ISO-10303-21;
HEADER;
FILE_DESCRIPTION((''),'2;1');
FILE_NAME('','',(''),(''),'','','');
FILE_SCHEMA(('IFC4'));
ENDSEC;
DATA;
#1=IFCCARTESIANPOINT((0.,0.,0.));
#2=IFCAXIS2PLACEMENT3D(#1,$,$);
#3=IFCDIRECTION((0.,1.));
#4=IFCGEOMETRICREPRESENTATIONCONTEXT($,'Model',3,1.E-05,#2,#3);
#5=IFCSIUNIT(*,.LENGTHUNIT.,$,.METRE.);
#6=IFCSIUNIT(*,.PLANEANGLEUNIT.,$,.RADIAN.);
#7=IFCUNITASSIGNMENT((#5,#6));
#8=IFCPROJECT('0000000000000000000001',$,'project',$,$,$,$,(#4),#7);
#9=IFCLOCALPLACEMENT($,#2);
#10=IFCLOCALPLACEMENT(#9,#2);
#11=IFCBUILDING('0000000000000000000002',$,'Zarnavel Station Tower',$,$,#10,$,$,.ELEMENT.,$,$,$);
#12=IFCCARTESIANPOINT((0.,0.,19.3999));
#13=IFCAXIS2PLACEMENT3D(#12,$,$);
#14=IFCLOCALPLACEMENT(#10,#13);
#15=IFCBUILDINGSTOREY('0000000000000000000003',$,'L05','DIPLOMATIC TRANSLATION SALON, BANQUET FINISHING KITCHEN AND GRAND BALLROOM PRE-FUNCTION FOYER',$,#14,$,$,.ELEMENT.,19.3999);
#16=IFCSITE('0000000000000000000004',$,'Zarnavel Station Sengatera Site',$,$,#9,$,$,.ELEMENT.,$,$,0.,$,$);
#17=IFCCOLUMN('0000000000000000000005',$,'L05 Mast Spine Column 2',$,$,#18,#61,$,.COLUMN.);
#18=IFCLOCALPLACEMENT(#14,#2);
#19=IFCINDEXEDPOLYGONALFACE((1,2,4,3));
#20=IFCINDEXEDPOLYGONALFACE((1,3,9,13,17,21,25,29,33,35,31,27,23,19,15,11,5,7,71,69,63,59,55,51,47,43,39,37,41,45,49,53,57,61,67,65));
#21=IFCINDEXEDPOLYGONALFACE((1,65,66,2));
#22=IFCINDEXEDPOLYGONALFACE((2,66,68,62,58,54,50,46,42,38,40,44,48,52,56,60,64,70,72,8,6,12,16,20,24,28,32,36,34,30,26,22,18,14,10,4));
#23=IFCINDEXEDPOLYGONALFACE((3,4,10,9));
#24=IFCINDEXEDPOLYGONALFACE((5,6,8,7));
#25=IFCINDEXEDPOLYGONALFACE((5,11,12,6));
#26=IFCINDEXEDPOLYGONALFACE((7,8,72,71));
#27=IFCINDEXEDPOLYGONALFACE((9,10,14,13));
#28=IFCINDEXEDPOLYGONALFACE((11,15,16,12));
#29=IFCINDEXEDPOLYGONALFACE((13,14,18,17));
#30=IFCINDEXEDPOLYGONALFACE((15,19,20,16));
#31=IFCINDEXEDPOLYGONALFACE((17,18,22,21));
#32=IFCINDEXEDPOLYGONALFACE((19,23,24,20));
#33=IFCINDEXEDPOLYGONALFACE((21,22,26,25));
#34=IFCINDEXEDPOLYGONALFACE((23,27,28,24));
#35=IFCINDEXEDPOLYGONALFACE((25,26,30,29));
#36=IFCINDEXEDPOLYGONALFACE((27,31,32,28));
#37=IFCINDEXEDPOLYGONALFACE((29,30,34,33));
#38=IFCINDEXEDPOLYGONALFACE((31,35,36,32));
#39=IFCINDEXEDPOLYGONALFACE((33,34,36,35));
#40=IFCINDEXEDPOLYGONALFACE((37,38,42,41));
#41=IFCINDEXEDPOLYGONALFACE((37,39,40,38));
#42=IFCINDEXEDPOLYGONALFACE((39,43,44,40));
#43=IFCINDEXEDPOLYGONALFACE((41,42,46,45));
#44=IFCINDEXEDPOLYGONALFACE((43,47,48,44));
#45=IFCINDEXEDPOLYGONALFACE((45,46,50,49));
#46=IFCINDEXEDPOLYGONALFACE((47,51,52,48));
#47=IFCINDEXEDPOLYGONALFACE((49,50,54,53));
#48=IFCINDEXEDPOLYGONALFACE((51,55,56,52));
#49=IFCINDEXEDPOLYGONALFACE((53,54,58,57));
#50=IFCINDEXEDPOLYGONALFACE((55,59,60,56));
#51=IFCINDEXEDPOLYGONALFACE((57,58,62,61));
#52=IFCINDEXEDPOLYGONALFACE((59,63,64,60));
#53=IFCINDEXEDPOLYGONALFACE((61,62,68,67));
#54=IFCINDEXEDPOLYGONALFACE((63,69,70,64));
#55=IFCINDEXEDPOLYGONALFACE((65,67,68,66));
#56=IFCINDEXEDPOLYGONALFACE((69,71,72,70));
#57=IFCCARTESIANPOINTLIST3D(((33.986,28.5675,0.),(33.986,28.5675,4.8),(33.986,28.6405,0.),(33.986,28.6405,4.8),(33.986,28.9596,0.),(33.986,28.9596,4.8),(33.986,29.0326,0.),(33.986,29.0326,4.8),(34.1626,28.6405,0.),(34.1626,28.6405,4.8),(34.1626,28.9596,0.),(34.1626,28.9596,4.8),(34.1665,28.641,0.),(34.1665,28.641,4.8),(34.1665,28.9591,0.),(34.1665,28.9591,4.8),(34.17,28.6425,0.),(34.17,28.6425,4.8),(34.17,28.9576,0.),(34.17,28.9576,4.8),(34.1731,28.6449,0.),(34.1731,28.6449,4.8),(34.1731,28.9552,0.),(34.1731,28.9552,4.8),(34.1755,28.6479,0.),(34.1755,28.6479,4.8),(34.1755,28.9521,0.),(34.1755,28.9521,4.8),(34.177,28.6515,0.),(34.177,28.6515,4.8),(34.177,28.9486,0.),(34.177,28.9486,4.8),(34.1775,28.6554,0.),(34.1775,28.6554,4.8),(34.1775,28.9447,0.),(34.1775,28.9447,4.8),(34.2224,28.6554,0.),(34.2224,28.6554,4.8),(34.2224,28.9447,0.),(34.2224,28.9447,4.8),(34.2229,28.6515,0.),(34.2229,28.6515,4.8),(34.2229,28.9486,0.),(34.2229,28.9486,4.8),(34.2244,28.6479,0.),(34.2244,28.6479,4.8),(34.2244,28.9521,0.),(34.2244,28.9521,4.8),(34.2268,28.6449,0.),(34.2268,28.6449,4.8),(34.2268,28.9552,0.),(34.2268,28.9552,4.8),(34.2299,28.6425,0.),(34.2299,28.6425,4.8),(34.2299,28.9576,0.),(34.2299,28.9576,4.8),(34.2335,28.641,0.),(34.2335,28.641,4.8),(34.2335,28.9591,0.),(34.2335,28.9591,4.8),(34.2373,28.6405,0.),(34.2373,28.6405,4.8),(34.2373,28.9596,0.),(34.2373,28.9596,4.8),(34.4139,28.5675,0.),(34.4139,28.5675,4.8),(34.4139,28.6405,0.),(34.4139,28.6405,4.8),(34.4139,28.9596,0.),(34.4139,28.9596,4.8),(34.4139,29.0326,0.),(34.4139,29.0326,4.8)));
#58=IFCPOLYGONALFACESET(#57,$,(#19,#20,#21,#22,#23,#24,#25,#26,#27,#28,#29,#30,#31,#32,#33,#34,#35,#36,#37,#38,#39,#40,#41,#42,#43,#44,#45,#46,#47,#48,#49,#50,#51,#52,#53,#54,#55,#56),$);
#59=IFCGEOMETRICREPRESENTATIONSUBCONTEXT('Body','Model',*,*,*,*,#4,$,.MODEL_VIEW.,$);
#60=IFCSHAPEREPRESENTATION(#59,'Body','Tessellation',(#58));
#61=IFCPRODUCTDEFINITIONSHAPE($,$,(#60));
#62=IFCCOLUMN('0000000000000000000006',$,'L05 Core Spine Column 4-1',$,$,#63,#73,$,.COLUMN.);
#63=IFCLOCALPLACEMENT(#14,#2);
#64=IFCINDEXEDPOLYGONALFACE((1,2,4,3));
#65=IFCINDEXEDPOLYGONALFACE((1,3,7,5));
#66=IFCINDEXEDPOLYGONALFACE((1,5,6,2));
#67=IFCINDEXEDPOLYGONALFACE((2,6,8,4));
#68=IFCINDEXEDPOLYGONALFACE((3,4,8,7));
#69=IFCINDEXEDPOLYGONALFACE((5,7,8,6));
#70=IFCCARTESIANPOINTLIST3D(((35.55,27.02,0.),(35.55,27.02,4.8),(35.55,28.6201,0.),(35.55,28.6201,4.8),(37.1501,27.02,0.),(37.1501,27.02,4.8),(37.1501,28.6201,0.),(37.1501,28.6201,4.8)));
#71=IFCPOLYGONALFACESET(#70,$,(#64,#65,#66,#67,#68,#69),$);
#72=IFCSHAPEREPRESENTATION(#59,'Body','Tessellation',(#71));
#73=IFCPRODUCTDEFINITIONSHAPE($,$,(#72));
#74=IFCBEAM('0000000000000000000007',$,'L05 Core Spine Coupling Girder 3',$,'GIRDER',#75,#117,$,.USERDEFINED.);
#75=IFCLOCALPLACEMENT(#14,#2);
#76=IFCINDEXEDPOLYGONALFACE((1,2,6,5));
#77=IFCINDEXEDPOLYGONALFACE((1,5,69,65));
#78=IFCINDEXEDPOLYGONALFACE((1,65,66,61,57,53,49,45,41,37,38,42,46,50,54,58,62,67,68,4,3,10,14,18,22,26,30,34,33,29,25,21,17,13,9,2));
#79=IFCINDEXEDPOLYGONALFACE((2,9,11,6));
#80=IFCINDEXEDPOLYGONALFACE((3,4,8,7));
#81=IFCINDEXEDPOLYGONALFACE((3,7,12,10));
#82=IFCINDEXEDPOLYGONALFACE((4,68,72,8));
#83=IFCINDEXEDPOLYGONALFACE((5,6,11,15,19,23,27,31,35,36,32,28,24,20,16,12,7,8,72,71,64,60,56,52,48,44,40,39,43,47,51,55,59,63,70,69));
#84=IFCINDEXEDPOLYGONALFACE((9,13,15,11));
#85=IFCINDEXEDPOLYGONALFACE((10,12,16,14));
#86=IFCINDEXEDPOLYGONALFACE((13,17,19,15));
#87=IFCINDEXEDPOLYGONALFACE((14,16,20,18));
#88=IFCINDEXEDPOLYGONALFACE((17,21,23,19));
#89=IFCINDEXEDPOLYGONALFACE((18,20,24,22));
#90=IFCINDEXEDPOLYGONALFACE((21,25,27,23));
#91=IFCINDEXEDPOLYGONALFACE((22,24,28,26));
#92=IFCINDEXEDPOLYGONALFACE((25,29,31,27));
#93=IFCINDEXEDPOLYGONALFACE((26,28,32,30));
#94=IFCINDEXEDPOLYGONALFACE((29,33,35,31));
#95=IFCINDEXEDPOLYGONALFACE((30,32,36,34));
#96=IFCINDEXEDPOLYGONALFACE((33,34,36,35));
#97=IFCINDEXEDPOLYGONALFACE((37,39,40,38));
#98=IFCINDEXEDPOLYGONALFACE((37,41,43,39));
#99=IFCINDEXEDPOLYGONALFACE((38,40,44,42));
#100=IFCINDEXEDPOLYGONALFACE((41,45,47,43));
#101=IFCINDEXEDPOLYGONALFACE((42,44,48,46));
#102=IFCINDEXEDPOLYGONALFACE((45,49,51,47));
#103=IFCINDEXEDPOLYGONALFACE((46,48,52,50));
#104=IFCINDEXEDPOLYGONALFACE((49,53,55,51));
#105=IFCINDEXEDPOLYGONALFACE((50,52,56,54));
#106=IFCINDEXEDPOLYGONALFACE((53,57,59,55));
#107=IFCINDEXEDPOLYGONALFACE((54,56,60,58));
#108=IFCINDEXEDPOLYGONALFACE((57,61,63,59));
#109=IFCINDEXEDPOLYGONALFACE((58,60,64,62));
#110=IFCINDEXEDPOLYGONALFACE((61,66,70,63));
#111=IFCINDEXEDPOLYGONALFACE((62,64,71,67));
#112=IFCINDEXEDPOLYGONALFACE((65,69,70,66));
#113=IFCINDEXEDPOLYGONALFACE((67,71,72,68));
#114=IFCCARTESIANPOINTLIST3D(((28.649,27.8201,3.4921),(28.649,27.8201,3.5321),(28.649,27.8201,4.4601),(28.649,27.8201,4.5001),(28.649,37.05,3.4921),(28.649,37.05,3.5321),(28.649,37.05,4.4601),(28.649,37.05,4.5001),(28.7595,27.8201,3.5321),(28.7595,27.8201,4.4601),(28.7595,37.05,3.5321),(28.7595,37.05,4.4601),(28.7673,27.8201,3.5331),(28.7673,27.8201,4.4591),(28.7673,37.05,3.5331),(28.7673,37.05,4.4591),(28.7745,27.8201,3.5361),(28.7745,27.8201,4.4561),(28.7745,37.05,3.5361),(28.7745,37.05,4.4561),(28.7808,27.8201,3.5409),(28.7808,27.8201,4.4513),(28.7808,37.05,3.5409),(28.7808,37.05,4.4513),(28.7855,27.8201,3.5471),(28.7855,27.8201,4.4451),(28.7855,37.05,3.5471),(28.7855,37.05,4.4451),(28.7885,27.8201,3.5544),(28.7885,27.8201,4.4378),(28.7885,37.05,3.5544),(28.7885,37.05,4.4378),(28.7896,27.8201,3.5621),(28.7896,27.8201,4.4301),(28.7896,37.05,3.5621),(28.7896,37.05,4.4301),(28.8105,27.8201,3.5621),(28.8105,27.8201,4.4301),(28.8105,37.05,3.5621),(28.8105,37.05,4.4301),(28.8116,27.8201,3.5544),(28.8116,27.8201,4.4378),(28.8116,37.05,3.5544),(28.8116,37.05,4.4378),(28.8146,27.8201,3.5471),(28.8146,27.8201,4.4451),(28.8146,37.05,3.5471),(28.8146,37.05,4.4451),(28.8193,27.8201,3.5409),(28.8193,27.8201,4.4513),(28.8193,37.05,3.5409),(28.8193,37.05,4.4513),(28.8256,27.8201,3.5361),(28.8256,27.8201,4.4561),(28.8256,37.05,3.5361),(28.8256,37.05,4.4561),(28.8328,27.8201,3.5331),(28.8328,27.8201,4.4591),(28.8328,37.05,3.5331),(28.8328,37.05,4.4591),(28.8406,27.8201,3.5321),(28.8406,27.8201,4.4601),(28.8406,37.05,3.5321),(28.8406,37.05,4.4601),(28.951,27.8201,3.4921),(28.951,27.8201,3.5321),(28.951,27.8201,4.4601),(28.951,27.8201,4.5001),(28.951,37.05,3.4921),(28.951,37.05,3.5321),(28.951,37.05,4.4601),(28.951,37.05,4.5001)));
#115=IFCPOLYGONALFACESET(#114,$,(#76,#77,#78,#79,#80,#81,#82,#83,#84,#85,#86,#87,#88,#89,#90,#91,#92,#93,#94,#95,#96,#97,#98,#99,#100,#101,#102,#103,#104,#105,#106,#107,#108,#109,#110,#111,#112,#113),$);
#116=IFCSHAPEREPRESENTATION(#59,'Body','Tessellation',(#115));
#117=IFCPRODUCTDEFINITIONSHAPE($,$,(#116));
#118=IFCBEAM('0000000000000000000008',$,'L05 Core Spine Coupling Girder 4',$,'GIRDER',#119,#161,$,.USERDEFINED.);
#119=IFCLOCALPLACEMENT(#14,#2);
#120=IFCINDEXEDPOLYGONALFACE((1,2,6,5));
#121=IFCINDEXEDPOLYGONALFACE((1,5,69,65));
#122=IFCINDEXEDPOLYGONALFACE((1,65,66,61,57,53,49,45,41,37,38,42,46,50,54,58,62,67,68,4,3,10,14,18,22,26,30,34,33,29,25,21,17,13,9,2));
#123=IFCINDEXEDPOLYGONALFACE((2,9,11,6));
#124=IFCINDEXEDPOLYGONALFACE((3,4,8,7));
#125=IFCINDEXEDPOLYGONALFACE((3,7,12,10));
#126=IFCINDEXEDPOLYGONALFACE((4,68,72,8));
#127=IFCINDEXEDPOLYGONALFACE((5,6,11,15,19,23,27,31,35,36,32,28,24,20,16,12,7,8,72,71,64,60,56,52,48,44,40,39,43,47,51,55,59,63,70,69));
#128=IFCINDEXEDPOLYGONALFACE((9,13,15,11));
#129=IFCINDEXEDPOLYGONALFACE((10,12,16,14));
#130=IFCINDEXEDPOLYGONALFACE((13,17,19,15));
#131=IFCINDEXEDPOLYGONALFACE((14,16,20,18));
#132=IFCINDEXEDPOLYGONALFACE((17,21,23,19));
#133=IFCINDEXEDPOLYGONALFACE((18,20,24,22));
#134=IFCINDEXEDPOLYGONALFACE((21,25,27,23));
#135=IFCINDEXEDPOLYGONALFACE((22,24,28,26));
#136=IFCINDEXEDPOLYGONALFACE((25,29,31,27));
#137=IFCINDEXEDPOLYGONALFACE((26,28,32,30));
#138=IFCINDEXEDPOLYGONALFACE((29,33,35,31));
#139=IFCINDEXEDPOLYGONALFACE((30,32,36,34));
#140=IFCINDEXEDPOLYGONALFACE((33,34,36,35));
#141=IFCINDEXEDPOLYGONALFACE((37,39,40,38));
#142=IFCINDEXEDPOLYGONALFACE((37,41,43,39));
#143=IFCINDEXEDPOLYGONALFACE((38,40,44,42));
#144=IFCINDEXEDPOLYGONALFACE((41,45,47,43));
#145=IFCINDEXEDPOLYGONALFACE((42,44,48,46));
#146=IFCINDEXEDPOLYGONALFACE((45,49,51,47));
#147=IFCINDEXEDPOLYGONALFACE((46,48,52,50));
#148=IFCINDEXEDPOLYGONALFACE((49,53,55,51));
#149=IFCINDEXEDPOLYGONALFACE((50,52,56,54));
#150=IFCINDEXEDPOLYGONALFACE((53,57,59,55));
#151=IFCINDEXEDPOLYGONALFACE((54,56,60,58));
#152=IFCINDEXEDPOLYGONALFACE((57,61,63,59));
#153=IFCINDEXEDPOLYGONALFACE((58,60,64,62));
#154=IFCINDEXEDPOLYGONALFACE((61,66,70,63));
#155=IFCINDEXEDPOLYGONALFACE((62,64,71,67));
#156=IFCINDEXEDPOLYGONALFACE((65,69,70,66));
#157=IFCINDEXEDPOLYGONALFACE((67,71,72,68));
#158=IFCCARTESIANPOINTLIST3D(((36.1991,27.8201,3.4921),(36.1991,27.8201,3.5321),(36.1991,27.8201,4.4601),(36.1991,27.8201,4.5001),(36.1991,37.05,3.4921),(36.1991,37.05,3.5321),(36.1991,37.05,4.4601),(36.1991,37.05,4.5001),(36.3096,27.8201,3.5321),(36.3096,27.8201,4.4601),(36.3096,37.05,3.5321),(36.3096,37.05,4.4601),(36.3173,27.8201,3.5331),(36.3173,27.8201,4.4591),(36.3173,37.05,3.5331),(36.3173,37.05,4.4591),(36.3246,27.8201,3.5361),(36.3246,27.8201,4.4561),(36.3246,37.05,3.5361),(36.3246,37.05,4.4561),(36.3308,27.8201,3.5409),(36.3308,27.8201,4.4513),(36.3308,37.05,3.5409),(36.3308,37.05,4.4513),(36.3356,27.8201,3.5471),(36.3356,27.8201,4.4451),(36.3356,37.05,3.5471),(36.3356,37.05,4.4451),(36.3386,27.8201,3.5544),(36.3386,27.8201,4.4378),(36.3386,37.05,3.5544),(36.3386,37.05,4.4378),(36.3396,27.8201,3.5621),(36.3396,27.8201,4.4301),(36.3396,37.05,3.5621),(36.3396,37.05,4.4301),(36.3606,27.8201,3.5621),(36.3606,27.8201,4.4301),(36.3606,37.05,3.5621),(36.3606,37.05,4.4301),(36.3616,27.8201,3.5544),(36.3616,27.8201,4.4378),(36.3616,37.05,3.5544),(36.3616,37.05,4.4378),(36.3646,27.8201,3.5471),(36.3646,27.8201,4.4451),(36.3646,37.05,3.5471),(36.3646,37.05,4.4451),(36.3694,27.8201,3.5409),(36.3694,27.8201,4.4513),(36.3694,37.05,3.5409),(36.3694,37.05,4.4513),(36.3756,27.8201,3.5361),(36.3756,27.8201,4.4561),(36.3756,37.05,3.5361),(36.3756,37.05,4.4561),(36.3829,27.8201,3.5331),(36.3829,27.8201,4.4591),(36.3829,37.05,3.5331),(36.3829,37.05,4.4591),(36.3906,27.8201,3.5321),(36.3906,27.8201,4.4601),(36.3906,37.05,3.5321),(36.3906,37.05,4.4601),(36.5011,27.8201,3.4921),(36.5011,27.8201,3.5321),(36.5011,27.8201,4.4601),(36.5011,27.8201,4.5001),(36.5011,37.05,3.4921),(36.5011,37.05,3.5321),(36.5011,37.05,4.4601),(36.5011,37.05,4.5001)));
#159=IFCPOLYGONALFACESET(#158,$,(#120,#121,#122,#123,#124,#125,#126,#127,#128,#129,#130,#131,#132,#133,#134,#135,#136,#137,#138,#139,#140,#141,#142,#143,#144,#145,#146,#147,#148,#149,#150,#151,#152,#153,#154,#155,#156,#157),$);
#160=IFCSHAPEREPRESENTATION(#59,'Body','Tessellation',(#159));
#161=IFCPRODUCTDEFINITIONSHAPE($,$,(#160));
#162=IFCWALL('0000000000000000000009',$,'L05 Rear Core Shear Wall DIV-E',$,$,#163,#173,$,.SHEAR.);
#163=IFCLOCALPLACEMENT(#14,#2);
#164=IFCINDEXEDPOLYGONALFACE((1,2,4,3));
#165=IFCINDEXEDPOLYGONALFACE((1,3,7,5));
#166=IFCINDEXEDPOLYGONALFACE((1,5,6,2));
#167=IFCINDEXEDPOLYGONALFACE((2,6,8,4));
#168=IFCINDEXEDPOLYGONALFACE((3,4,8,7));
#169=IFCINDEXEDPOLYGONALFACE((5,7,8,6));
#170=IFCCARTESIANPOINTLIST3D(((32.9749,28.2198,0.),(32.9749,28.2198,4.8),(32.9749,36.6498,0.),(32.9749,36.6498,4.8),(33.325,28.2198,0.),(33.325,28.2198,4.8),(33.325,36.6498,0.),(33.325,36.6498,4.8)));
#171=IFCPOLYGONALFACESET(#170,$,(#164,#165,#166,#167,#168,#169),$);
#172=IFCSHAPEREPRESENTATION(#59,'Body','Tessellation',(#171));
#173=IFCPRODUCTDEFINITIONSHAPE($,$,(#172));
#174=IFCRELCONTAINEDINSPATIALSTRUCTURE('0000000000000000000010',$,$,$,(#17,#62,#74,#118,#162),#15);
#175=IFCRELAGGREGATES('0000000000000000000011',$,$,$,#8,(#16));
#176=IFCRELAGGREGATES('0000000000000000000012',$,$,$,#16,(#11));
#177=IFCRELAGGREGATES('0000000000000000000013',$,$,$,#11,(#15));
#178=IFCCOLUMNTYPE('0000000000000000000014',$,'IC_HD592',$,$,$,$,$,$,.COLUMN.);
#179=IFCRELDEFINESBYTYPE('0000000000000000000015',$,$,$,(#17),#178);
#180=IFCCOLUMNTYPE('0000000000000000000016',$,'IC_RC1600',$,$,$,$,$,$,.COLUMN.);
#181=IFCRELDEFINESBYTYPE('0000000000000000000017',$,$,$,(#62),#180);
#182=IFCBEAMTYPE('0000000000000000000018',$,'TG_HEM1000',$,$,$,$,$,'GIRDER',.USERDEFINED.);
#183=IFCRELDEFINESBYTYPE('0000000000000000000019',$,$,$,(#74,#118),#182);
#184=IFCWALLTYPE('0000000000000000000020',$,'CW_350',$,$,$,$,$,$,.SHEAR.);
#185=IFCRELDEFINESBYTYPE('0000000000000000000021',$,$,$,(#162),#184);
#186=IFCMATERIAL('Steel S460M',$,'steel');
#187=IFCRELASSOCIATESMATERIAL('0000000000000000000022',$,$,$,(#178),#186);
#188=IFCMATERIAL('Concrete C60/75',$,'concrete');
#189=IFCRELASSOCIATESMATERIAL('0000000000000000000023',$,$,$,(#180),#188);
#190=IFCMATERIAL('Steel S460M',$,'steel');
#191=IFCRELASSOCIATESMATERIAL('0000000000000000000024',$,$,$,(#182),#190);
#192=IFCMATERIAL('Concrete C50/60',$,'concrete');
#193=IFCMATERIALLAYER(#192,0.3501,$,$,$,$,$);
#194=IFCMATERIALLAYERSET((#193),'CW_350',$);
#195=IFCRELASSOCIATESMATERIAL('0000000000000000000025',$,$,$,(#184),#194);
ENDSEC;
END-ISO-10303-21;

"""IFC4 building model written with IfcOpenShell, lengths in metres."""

from ifc_helpers import new_model, si_unit, direction, frame, frame_2d, origin, origin_2d, place, context, subcontext, project, spatial, rectangle, i_section, extrude, material, layer, layer_set, material_profile, profile_set, type_object, element, save


model = new_model("IFC4")

# Units and contexts
model_context = context("Model", 3, precision=1e-05, world=origin(), true_north=direction((0.0, 1.0)))
body_context = subcontext(model_context, "Body", "Model", "MODEL_VIEW")
ifc_project = project(units=[si_unit("LENGTHUNIT", "METRE"), si_unit("PLANEANGLEUNIT", "RADIAN")], contexts=[model_context])

# Site, building, storey
site_placement = place(None, origin())
site = spatial("IfcSite", under=ifc_project, at=site_placement, Name="Zarnavel Station Sengatera Site", CompositionType="ELEMENT", RefElevation=0.0)
building_placement = place(site_placement, origin())
building = spatial("IfcBuilding", under=site, at=building_placement, Name="Zarnavel Station Tower", CompositionType="ELEMENT")
storey_placement = place(building_placement, frame((0.0, 0.0, 19.3999)))
storey = spatial("IfcBuildingStorey", under=building, at=storey_placement, Name="L05", Description="DIPLOMATIC TRANSLATION SALON, BANQUET FINISHING KITCHEN AND GRAND BALLROOM PRE-FUNCTION FOYER", CompositionType="ELEMENT", Elevation=19.3999)

# Columns
ifc_material_1 = material(Name="Steel S460M", Category="steel")
ifc_material_profile_1 = material_profile(ifc_material_1, i_section(OverallWidth=0.428, OverallDepth=0.4651, WebThickness=0.0449, FlangeThickness=0.073, FilletRadius=0.0149, at=origin_2d()), Name="HD400x592")
ifc_profile_set_1 = profile_set([ifc_material_profile_1], Name="Steel S460M")
column_type_1 = type_object("IfcColumnType", Name="IC_HD592", PredefinedType="COLUMN", material=ifc_profile_set_1)
column_1_placement = place(storey_placement, frame((34.2, 28.8, 0.0), z_axis=(0.0, 0.0, 1.0), x_axis=(1.0, 0.0, 0.0)))
element("IfcColumn", 1, at=column_1_placement, inside=storey, type_object=column_type_1, Name="L05 Mast Spine Column 2", PredefinedType="COLUMN", context=body_context, shape_type="SweptSolid", body=[
    extrude(i_section(OverallWidth=0.428, OverallDepth=0.4651, WebThickness=0.0449, FlangeThickness=0.073, FilletRadius=0.0149, at=origin_2d()), origin(), (0.0, 0.0, 1.0), 4.8),
])
ifc_material_2 = material(Name="Concrete C60/75", Category="concrete")
ifc_material_profile_2 = material_profile(ifc_material_2, rectangle(XDim=1.6001, YDim=1.6001, at=origin_2d()), Name="RC1600x1600")
ifc_profile_set_2 = profile_set([ifc_material_profile_2], Name="Concrete C60/75")
column_type_2 = type_object("IfcColumnType", Name="IC_RC1600", PredefinedType="COLUMN", material=ifc_profile_set_2)
column_2_placement = place(storey_placement, frame((36.3501, 27.8201, 0.0), z_axis=(0.0, 0.0, 1.0), x_axis=(1.0, 0.0, 0.0)))
element("IfcColumn", 2, at=column_2_placement, inside=storey, type_object=column_type_2, Name="L05 Core Spine Column 4-1", PredefinedType="COLUMN", context=body_context, shape_type="SweptSolid", body=[
    extrude(rectangle(XDim=1.6001, YDim=1.6001, at=origin_2d()), origin(), (0.0, 0.0, 1.0), 4.8),
])

# Beams
ifc_material_3 = material(Name="Steel S460M", Category="steel")
ifc_material_profile_3 = material_profile(ifc_material_3, i_section(OverallWidth=0.302, OverallDepth=1.0081, WebThickness=0.021, FlangeThickness=0.04, FilletRadius=0.03, at=origin_2d()), Name="HEM1000")
ifc_profile_set_3 = profile_set([ifc_material_profile_3], Name="Steel S460M")
beam_type = type_object("IfcBeamType", Name="TG_HEM1000", ElementType="GIRDER", PredefinedType="USERDEFINED", material=ifc_profile_set_3)
for number, where, z_axis, x_axis, name in (
    (3, (28.8, 27.8201, 3.9961), (0.0, 1.0, 0.0), (-1.0, 0.0, 0.0), "L05 Core Spine Coupling Girder 3"),
    (4, (36.3501, 27.8201, 3.9961), (0.0, 1.0, 0.0), (-1.0, 0.0, 0.0), "L05 Core Spine Coupling Girder 4"),
):
    element("IfcBeam", number, at=place(storey_placement, frame(where, z_axis=z_axis, x_axis=x_axis)), inside=storey, type_object=beam_type, Name=name, ObjectType="GIRDER", PredefinedType="USERDEFINED", context=body_context, shape_type="SweptSolid", body=[
        extrude(i_section(OverallWidth=0.302, OverallDepth=1.0081, WebThickness=0.021, FlangeThickness=0.04, FilletRadius=0.03, at=origin_2d()), origin(), (0.0, 0.0, 1.0), 9.23),
    ])

# Wall
ifc_material_4 = material(Name="Concrete C50/60", Category="concrete")
ifc_layer_1 = layer(ifc_material_4, 0.3501)
ifc_layer_set_1 = layer_set([ifc_layer_1], Name="CW_350")
wall_type_1 = type_object("IfcWallType", Name="CW_350", PredefinedType="SHEAR", material=ifc_layer_set_1)
wall_1_placement = place(storey_placement, frame((33.1499, 28.22, 0.0), z_axis=(0.0, 0.0, 1.0), x_axis=(0.0, 1.0, 0.0)))
element("IfcWall", 5, at=wall_1_placement, inside=storey, type_object=wall_type_1, Name="L05 Rear Core Shear Wall DIV-E", PredefinedType="SHEAR", context=body_context, shape_type="SweptSolid", body=[
    extrude(rectangle(XDim=8.4299, YDim=0.3501, at=frame_2d((4.2148, 0.0))), origin(), (0.0, 0.0, 1.0), 4.8),
])

save(model, "model.ifc")
